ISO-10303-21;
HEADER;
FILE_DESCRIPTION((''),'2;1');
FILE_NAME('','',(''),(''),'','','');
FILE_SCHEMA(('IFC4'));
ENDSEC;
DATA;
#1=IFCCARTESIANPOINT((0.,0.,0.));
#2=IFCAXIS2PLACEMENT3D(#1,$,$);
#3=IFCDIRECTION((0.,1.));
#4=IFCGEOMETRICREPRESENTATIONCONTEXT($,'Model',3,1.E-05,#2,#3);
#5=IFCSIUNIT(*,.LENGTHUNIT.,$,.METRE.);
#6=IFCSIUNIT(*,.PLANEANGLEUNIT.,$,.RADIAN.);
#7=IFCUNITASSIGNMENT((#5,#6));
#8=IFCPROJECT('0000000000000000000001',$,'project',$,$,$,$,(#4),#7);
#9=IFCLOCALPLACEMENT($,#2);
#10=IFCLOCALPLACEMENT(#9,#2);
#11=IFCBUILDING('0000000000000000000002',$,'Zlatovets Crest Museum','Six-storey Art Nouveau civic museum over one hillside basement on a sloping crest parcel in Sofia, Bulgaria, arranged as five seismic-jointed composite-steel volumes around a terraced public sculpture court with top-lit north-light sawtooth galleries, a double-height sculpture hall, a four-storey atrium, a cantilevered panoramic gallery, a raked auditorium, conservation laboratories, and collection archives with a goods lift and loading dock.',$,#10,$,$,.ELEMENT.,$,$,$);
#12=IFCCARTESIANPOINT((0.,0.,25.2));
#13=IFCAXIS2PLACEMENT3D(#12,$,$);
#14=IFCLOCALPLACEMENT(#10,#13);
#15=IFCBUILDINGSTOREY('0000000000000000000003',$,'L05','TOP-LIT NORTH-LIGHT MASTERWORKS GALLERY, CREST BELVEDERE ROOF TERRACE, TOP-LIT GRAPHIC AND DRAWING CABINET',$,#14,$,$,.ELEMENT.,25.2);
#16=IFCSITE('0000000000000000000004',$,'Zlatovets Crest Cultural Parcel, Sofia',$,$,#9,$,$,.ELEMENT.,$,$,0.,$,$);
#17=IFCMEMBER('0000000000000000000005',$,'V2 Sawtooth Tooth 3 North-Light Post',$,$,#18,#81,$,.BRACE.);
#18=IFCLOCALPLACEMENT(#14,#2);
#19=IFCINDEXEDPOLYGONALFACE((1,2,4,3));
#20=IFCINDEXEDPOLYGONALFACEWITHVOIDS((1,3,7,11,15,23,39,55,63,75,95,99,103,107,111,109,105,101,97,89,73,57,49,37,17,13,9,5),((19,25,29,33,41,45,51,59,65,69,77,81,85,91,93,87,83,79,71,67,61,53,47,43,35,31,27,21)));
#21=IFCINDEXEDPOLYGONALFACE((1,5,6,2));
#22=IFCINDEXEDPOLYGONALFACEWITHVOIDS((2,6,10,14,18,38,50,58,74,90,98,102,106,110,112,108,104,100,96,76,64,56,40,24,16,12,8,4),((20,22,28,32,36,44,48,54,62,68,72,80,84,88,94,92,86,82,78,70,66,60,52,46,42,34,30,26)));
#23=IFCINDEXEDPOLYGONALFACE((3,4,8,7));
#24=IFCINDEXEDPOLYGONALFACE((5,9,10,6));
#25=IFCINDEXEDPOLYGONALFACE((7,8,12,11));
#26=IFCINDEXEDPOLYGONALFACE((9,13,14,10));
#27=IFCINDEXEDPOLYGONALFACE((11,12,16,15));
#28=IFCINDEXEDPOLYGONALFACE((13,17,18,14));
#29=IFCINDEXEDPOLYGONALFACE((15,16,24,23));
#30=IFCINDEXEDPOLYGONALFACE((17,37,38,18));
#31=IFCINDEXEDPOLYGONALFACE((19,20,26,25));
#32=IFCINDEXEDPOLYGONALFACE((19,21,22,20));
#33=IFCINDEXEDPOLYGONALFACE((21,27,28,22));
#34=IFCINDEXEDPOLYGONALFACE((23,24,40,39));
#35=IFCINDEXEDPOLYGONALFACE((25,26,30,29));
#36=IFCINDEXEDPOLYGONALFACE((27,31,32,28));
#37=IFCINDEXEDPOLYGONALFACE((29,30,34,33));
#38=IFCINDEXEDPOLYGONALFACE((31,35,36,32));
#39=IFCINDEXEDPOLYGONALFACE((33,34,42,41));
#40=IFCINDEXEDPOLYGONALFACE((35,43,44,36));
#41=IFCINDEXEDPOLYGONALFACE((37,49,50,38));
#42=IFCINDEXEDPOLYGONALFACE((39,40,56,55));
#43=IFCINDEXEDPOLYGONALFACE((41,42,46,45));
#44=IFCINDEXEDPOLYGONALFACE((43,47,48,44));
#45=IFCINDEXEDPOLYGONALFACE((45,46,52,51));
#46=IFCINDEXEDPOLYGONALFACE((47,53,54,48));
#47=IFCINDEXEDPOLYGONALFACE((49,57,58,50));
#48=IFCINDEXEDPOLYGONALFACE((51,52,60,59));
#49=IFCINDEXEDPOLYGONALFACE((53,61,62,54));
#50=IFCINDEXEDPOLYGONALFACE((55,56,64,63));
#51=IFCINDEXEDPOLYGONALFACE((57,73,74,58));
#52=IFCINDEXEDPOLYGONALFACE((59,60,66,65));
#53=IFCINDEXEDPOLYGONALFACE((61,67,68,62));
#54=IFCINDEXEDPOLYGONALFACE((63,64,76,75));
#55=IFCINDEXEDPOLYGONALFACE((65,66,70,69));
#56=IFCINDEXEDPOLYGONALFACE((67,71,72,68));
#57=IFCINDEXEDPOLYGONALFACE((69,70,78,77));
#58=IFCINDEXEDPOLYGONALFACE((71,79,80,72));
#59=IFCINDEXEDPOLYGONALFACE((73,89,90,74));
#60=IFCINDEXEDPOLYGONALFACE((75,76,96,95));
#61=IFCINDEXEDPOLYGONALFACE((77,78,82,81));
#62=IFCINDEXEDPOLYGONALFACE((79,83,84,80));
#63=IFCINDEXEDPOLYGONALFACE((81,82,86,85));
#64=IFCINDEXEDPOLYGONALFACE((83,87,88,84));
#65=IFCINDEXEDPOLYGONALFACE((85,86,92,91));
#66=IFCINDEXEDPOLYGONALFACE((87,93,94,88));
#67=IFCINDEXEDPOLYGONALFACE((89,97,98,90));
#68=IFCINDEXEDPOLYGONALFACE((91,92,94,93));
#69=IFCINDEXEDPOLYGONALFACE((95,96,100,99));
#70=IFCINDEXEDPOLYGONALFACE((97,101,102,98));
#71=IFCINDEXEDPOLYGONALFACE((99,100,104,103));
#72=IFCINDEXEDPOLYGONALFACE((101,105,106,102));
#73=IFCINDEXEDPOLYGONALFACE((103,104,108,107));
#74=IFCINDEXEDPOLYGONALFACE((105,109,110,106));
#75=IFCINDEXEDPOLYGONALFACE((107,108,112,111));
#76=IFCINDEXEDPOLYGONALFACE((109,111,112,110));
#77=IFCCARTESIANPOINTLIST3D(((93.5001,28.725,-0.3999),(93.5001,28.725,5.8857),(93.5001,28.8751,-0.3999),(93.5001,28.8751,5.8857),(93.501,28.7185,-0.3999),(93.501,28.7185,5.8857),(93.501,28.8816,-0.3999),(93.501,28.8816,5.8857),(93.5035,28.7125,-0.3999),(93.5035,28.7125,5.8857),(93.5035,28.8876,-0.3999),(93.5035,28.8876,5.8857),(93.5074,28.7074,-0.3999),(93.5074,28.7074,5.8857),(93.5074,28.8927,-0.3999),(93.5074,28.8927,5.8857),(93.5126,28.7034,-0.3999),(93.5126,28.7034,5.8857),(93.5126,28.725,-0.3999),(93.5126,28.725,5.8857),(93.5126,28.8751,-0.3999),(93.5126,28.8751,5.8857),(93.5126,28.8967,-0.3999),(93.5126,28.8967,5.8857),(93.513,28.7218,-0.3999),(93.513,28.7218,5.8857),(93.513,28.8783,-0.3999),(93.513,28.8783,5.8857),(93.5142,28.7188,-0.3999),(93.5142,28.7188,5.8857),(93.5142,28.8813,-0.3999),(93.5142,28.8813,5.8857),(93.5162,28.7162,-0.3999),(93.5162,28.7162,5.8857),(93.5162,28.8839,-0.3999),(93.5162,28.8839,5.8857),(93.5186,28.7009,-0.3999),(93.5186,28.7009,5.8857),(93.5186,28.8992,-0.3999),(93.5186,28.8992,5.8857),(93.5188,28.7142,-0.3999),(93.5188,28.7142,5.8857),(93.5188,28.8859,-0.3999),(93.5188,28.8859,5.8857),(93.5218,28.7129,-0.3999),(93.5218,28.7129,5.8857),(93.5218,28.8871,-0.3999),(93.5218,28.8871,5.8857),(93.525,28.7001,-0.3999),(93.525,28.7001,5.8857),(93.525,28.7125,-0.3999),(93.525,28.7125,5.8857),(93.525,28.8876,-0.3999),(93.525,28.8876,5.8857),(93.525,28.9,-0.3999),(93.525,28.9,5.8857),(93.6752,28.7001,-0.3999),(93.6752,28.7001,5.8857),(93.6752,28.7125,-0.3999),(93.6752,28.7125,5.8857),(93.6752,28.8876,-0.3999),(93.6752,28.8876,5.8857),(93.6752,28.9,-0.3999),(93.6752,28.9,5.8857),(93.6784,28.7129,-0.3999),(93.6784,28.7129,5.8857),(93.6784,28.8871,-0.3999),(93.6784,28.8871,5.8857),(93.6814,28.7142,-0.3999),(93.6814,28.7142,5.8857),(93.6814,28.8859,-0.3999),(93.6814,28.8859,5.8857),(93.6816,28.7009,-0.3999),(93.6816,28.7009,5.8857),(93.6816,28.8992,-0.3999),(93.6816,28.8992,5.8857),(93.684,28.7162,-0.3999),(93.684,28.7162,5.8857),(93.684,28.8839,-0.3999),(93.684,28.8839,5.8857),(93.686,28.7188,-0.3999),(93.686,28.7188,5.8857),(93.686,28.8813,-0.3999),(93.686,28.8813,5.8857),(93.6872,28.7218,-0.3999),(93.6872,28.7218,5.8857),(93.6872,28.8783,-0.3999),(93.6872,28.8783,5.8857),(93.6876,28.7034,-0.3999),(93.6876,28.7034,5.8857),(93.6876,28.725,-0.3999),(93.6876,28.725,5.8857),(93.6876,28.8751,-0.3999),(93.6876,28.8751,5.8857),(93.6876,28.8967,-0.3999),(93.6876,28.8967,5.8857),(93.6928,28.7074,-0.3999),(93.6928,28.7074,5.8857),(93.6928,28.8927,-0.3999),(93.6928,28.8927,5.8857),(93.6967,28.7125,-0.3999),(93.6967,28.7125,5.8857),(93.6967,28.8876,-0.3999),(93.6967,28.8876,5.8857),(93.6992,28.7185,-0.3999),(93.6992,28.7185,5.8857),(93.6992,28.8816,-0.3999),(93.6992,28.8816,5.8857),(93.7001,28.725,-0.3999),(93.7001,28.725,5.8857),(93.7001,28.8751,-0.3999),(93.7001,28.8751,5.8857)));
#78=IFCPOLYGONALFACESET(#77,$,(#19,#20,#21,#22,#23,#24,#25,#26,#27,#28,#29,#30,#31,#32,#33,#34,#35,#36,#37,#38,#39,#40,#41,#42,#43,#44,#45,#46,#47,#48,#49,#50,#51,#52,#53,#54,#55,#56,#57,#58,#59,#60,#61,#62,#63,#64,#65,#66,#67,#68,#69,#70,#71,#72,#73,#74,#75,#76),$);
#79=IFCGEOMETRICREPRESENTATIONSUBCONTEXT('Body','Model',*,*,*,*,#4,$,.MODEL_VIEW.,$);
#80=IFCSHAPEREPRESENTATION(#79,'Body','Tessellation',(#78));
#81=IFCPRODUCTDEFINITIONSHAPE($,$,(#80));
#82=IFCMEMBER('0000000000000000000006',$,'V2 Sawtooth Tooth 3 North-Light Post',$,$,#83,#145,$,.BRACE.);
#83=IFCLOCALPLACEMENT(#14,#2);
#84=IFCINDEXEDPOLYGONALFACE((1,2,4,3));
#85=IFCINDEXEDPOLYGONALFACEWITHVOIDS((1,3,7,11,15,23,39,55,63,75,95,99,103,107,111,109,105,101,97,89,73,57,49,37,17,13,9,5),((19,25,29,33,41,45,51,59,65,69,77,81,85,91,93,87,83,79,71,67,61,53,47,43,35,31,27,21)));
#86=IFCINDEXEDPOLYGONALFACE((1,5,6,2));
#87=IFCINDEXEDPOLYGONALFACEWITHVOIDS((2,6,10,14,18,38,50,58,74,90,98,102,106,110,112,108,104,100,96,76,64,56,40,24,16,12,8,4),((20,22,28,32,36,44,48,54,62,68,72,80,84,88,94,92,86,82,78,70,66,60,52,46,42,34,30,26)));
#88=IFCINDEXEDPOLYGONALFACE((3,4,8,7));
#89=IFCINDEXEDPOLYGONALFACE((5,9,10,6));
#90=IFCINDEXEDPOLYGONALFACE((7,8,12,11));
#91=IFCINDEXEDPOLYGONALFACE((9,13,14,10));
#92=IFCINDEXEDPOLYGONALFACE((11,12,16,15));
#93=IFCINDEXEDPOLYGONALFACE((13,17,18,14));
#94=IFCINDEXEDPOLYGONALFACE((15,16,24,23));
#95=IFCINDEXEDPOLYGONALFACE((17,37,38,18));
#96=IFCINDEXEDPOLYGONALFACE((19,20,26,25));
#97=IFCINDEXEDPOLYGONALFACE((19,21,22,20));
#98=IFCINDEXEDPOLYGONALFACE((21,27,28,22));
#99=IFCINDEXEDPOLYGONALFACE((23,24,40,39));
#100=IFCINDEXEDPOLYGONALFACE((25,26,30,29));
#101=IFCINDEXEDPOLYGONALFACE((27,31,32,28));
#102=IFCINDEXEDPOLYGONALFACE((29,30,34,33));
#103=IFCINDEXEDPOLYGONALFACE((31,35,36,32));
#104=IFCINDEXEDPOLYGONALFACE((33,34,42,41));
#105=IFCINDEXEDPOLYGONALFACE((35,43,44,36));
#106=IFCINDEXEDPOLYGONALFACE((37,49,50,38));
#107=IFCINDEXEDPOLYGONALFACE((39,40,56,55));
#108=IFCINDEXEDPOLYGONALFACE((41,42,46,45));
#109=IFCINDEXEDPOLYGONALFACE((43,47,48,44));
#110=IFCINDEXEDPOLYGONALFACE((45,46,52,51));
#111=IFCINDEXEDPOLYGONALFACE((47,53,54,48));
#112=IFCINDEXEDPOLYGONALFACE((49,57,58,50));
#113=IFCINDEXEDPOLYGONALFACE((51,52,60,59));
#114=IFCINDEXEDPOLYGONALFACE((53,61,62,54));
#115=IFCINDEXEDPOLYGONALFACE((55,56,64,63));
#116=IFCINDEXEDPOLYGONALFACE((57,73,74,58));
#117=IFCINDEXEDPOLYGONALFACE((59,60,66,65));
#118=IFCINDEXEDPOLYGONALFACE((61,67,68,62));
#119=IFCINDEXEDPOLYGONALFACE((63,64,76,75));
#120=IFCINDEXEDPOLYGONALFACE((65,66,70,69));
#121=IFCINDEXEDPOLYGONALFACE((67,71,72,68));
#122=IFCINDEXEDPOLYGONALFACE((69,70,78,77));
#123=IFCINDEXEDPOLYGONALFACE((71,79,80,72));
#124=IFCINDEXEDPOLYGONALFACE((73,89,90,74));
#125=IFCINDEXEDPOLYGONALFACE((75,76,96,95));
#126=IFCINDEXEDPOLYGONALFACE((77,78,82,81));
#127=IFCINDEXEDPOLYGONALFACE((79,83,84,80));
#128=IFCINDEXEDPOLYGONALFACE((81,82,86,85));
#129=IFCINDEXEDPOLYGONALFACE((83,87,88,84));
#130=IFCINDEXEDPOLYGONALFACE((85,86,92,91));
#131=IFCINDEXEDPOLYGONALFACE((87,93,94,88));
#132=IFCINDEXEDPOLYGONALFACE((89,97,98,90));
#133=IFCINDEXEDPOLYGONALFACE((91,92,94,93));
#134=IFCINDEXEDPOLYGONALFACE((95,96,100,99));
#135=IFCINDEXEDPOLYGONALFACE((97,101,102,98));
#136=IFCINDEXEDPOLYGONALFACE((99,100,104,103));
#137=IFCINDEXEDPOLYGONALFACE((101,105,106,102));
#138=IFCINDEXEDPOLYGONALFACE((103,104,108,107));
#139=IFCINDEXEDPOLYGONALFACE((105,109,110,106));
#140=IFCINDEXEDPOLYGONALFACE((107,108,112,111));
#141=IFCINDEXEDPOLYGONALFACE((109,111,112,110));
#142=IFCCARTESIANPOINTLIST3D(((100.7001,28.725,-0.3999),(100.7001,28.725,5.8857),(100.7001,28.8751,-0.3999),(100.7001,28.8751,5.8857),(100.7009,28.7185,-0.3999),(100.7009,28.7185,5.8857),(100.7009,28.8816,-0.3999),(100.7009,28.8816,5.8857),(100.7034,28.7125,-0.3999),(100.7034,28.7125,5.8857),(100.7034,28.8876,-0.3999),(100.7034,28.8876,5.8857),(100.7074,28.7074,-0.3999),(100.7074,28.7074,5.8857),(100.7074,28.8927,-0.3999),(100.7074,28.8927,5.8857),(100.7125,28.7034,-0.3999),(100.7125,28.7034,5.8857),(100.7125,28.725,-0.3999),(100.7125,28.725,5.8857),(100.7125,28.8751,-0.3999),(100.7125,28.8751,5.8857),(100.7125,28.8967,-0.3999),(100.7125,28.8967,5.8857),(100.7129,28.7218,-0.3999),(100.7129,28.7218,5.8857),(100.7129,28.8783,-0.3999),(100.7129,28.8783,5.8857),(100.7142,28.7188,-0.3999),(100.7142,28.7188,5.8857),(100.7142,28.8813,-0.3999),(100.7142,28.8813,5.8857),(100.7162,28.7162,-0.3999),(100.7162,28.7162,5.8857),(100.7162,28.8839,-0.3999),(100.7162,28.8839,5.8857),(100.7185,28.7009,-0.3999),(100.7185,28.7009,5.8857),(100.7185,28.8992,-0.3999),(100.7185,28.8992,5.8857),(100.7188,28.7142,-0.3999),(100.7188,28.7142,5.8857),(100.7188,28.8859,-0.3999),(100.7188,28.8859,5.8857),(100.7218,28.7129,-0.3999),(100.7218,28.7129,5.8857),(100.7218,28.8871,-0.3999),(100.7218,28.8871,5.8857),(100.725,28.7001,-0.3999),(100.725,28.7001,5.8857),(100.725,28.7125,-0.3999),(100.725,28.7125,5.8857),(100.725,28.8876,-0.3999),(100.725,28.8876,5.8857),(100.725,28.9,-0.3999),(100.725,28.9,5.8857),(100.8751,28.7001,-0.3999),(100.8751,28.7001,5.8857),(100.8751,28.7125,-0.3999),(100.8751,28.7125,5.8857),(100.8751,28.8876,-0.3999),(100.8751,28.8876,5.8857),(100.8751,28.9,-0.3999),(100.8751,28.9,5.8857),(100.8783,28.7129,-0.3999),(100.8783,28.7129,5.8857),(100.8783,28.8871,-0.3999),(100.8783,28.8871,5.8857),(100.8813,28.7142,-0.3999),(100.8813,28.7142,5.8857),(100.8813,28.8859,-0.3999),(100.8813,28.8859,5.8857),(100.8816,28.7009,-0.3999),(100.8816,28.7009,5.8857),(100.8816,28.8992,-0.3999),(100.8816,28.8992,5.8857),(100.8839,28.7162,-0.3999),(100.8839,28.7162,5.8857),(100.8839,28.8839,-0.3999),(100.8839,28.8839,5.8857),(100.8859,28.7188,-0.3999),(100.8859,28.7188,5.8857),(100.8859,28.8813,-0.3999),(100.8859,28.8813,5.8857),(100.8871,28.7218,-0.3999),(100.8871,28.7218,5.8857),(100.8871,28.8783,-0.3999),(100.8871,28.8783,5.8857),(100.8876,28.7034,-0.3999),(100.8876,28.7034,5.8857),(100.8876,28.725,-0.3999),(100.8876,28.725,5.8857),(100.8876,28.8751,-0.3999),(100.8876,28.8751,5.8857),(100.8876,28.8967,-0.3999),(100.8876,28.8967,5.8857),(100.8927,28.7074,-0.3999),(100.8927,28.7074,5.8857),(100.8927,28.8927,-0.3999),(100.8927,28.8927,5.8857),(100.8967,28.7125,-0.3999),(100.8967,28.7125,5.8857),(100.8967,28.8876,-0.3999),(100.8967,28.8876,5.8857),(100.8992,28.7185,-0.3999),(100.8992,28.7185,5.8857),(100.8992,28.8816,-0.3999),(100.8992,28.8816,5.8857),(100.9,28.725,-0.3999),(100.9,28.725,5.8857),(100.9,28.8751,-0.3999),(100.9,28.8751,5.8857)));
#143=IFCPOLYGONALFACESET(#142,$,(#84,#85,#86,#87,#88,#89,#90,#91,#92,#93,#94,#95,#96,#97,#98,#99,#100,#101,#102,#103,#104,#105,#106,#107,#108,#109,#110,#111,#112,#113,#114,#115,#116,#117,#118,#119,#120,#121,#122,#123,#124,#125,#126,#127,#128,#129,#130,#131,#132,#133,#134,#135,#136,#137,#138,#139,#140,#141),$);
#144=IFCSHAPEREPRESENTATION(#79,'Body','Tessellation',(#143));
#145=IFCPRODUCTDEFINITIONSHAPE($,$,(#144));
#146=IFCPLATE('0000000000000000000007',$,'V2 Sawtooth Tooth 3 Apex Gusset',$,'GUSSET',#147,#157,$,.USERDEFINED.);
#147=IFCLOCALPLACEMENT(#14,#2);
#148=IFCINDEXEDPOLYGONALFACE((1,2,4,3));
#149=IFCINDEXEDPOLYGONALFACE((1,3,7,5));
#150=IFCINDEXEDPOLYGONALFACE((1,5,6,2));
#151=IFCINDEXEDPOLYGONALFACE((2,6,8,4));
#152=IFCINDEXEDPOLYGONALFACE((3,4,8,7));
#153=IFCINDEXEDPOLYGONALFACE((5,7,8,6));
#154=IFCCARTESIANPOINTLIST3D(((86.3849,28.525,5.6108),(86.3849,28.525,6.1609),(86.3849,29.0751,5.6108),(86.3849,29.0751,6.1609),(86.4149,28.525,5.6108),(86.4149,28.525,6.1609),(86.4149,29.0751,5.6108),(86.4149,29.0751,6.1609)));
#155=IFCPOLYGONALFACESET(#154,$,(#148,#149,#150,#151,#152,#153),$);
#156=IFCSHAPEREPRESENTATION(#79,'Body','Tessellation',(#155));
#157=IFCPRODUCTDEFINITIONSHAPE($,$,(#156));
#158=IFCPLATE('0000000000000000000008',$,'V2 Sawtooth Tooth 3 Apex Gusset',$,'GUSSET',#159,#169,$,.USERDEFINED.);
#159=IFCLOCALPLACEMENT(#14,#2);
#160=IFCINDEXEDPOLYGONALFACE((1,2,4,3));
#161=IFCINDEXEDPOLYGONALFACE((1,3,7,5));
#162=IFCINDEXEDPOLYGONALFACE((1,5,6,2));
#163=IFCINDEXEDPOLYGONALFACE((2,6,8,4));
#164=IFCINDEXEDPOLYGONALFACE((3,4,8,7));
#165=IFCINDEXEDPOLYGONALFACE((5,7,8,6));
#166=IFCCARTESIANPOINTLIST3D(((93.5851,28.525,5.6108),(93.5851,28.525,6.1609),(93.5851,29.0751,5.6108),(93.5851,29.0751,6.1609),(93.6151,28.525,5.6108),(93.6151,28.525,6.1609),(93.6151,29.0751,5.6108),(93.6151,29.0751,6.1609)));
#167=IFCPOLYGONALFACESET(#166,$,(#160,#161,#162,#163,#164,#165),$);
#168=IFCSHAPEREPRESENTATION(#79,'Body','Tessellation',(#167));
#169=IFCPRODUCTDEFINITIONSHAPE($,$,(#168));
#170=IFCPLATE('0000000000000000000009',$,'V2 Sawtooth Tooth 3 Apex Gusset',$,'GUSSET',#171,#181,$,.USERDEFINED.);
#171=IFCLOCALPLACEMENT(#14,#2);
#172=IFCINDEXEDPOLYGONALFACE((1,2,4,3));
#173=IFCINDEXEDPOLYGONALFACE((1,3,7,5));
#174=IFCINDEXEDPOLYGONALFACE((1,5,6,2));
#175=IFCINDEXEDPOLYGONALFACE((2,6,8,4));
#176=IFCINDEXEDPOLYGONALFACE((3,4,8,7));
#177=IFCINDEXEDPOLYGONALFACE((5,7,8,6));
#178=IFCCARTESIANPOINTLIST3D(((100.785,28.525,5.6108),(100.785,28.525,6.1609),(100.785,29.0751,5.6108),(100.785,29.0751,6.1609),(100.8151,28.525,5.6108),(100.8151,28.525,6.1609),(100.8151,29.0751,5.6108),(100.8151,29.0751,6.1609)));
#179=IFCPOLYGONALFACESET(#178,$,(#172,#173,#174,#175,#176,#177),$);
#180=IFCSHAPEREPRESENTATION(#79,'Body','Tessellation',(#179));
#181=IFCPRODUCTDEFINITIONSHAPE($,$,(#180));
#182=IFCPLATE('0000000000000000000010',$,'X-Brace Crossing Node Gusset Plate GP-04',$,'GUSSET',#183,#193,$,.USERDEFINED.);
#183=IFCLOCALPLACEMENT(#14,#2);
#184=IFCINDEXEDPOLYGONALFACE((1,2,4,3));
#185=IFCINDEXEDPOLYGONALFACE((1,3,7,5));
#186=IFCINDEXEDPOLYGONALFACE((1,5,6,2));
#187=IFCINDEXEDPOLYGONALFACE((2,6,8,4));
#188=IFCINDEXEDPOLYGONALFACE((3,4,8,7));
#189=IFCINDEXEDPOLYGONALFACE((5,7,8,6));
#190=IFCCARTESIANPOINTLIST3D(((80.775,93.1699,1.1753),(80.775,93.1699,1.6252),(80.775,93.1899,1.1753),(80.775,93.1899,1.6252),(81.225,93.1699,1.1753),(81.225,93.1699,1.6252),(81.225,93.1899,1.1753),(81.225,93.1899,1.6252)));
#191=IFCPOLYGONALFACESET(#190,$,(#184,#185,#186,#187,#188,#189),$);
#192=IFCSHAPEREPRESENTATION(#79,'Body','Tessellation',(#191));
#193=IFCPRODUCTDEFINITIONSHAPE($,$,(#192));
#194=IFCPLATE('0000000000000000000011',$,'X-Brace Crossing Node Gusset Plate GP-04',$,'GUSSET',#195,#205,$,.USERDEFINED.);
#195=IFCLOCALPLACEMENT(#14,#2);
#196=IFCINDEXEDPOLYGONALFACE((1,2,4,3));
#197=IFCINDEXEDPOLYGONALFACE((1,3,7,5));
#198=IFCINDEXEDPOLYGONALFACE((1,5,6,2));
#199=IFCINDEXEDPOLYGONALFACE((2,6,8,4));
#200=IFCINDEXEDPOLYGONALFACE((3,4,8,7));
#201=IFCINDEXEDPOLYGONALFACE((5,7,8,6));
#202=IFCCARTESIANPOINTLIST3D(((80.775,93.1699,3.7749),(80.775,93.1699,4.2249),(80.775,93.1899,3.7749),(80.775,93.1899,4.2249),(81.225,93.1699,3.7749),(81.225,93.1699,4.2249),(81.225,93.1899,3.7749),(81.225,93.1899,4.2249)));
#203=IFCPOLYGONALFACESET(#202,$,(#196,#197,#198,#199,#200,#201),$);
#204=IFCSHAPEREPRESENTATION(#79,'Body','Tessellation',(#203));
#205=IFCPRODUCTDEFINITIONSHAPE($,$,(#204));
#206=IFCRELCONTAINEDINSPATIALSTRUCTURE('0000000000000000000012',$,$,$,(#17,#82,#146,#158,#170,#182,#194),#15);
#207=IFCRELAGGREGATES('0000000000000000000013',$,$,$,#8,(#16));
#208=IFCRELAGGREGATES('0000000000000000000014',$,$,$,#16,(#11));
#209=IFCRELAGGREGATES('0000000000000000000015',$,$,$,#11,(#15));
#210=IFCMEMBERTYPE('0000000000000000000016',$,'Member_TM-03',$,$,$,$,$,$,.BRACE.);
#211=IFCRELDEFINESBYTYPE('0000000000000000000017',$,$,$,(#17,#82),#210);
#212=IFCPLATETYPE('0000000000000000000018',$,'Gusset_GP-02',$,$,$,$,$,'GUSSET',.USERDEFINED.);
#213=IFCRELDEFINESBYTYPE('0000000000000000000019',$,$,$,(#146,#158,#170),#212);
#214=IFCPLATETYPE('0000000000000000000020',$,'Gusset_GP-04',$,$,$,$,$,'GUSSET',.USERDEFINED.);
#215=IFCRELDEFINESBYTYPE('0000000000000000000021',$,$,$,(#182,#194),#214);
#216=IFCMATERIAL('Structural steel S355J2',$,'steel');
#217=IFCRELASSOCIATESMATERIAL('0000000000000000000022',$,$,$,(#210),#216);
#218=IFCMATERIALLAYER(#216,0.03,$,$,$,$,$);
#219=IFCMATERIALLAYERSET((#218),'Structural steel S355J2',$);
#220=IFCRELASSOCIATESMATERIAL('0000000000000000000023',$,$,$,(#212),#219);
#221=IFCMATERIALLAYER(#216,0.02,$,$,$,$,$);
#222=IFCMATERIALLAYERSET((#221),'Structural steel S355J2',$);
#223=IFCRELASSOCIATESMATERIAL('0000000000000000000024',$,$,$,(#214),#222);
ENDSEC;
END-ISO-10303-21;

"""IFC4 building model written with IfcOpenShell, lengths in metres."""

from ifc_helpers import new_model, si_unit, direction, frame, origin, origin_2d, place, context, subcontext, project, spatial, rectangle, hollow_rectangle, extrude, material, layer, layer_set, material_profile, profile_set, type_object, element, save


model = new_model("IFC4")

# Units and contexts
model_context = context("Model", 3, precision=1e-05, world=origin(), true_north=direction((0.0, 1.0)))
body_context = subcontext(model_context, "Body", "Model", "MODEL_VIEW")
ifc_project = project(units=[si_unit("LENGTHUNIT", "METRE"), si_unit("PLANEANGLEUNIT", "RADIAN")], contexts=[model_context])

# Site, building, storey
site_placement = place(None, origin())
site = spatial("IfcSite", under=ifc_project, at=site_placement, Name="Zlatovets Crest Cultural Parcel, Sofia", CompositionType="ELEMENT", RefElevation=0.0)
building_placement = place(site_placement, origin())
building = spatial("IfcBuilding", under=site, at=building_placement, Name="Zlatovets Crest Museum", Description="Six-storey Art Nouveau civic museum over one hillside basement on a sloping crest parcel in Sofia, Bulgaria, arranged as five seismic-jointed composite-steel volumes around a terraced public sculpture court with top-lit north-light sawtooth galleries, a double-height sculpture hall, a four-storey atrium, a cantilevered panoramic gallery, a raked auditorium, conservation laboratories, and collection archives with a goods lift and loading dock.", CompositionType="ELEMENT")
storey_placement = place(building_placement, frame((0.0, 0.0, 25.2)))
storey = spatial("IfcBuildingStorey", under=building, at=storey_placement, Name="L05", Description="TOP-LIT NORTH-LIGHT MASTERWORKS GALLERY, CREST BELVEDERE ROOF TERRACE, TOP-LIT GRAPHIC AND DRAWING CABINET", CompositionType="ELEMENT", Elevation=25.2)

# Shared definitions
ifc_material_1 = material(Name="Structural steel S355J2", Category="steel")

# Members
ifc_material_profile_1 = material_profile(ifc_material_1, hollow_rectangle(XDim=0.2, YDim=0.2, WallThickness=0.0125, InnerFilletRadius=0.0125, OuterFilletRadius=0.0249, at=origin_2d()), Name="SHS 200x200x12.5")
ifc_profile_set_1 = profile_set([ifc_material_profile_1], Name="Structural steel S355J2")
member_type_1 = type_object("IfcMemberType", Name="Member_TM-03", PredefinedType="BRACE", material=ifc_profile_set_1)
for number, where, z_axis, x_axis, name in (
    (1, (93.6001, 28.8, -0.3999), (0.0, 0.0, 1.0), (1.0, 0.0, 0.0), "V2 Sawtooth Tooth 3 North-Light Post"),
    (2, (100.8, 28.8, -0.3999), (0.0, 0.0, 1.0), (1.0, 0.0, 0.0), "V2 Sawtooth Tooth 3 North-Light Post"),
):
    element("IfcMember", number, at=place(storey_placement, frame(where, z_axis=z_axis, x_axis=x_axis)), inside=storey, type_object=member_type_1, Name=name, PredefinedType="BRACE", context=body_context, shape_type="SweptSolid", body=[
        extrude(hollow_rectangle(XDim=0.2, YDim=0.2, WallThickness=0.0125, InnerFilletRadius=0.0125, OuterFilletRadius=0.0249, at=origin_2d()), origin(), (0.0, 0.0, 1.0), 6.2856),
    ])

# Plates
ifc_layer_1 = layer(ifc_material_1, 0.03)
ifc_layer_set_1 = layer_set([ifc_layer_1], Name="Structural steel S355J2")
plate_type_1 = type_object("IfcPlateType", Name="Gusset_GP-02", ElementType="GUSSET", PredefinedType="USERDEFINED", material=ifc_layer_set_1)
for number, where, z_axis, x_axis, name in (
    (3, (86.3999, 28.8, 5.6108), (0.0, 0.0, 1.0), (1.0, 0.0, 0.0), "V2 Sawtooth Tooth 3 Apex Gusset"),
    (4, (93.6001, 28.8, 5.6108), (0.0, 0.0, 1.0), (1.0, 0.0, 0.0), "V2 Sawtooth Tooth 3 Apex Gusset"),
    (5, (100.8, 28.8, 5.6108), (0.0, 0.0, 1.0), (1.0, 0.0, 0.0), "V2 Sawtooth Tooth 3 Apex Gusset"),
):
    element("IfcPlate", number, at=place(storey_placement, frame(where, z_axis=z_axis, x_axis=x_axis)), inside=storey, type_object=plate_type_1, Name=name, ObjectType="GUSSET", PredefinedType="USERDEFINED", context=body_context, shape_type="SweptSolid", body=[
        extrude(rectangle(XDim=0.03, YDim=0.55, at=origin_2d()), origin(), (0.0, 0.0, 1.0), 0.55),
    ])
ifc_layer_2 = layer(ifc_material_1, 0.02)
ifc_layer_set_2 = layer_set([ifc_layer_2], Name="Structural steel S355J2")
plate_type_2 = type_object("IfcPlateType", Name="Gusset_GP-04", ElementType="GUSSET", PredefinedType="USERDEFINED", material=ifc_layer_set_2)
for number, where, z_axis, x_axis, name in (
    (6, (81.0, 93.1799, 1.1753), (0.0, 0.0, 1.0), (1.0, 0.0, 0.0), "X-Brace Crossing Node Gusset Plate GP-04"),
    (7, (81.0, 93.1799, 3.7749), (0.0, 0.0, 1.0), (1.0, 0.0, 0.0), "X-Brace Crossing Node Gusset Plate GP-04"),
):
    element("IfcPlate", number, at=place(storey_placement, frame(where, z_axis=z_axis, x_axis=x_axis)), inside=storey, type_object=plate_type_2, Name=name, ObjectType="GUSSET", PredefinedType="USERDEFINED", context=body_context, shape_type="SweptSolid", body=[
        extrude(rectangle(XDim=0.45, YDim=0.02, at=origin_2d()), origin(), (0.0, 0.0, 1.0), 0.45),
    ])

save(model, "model.ifc")
